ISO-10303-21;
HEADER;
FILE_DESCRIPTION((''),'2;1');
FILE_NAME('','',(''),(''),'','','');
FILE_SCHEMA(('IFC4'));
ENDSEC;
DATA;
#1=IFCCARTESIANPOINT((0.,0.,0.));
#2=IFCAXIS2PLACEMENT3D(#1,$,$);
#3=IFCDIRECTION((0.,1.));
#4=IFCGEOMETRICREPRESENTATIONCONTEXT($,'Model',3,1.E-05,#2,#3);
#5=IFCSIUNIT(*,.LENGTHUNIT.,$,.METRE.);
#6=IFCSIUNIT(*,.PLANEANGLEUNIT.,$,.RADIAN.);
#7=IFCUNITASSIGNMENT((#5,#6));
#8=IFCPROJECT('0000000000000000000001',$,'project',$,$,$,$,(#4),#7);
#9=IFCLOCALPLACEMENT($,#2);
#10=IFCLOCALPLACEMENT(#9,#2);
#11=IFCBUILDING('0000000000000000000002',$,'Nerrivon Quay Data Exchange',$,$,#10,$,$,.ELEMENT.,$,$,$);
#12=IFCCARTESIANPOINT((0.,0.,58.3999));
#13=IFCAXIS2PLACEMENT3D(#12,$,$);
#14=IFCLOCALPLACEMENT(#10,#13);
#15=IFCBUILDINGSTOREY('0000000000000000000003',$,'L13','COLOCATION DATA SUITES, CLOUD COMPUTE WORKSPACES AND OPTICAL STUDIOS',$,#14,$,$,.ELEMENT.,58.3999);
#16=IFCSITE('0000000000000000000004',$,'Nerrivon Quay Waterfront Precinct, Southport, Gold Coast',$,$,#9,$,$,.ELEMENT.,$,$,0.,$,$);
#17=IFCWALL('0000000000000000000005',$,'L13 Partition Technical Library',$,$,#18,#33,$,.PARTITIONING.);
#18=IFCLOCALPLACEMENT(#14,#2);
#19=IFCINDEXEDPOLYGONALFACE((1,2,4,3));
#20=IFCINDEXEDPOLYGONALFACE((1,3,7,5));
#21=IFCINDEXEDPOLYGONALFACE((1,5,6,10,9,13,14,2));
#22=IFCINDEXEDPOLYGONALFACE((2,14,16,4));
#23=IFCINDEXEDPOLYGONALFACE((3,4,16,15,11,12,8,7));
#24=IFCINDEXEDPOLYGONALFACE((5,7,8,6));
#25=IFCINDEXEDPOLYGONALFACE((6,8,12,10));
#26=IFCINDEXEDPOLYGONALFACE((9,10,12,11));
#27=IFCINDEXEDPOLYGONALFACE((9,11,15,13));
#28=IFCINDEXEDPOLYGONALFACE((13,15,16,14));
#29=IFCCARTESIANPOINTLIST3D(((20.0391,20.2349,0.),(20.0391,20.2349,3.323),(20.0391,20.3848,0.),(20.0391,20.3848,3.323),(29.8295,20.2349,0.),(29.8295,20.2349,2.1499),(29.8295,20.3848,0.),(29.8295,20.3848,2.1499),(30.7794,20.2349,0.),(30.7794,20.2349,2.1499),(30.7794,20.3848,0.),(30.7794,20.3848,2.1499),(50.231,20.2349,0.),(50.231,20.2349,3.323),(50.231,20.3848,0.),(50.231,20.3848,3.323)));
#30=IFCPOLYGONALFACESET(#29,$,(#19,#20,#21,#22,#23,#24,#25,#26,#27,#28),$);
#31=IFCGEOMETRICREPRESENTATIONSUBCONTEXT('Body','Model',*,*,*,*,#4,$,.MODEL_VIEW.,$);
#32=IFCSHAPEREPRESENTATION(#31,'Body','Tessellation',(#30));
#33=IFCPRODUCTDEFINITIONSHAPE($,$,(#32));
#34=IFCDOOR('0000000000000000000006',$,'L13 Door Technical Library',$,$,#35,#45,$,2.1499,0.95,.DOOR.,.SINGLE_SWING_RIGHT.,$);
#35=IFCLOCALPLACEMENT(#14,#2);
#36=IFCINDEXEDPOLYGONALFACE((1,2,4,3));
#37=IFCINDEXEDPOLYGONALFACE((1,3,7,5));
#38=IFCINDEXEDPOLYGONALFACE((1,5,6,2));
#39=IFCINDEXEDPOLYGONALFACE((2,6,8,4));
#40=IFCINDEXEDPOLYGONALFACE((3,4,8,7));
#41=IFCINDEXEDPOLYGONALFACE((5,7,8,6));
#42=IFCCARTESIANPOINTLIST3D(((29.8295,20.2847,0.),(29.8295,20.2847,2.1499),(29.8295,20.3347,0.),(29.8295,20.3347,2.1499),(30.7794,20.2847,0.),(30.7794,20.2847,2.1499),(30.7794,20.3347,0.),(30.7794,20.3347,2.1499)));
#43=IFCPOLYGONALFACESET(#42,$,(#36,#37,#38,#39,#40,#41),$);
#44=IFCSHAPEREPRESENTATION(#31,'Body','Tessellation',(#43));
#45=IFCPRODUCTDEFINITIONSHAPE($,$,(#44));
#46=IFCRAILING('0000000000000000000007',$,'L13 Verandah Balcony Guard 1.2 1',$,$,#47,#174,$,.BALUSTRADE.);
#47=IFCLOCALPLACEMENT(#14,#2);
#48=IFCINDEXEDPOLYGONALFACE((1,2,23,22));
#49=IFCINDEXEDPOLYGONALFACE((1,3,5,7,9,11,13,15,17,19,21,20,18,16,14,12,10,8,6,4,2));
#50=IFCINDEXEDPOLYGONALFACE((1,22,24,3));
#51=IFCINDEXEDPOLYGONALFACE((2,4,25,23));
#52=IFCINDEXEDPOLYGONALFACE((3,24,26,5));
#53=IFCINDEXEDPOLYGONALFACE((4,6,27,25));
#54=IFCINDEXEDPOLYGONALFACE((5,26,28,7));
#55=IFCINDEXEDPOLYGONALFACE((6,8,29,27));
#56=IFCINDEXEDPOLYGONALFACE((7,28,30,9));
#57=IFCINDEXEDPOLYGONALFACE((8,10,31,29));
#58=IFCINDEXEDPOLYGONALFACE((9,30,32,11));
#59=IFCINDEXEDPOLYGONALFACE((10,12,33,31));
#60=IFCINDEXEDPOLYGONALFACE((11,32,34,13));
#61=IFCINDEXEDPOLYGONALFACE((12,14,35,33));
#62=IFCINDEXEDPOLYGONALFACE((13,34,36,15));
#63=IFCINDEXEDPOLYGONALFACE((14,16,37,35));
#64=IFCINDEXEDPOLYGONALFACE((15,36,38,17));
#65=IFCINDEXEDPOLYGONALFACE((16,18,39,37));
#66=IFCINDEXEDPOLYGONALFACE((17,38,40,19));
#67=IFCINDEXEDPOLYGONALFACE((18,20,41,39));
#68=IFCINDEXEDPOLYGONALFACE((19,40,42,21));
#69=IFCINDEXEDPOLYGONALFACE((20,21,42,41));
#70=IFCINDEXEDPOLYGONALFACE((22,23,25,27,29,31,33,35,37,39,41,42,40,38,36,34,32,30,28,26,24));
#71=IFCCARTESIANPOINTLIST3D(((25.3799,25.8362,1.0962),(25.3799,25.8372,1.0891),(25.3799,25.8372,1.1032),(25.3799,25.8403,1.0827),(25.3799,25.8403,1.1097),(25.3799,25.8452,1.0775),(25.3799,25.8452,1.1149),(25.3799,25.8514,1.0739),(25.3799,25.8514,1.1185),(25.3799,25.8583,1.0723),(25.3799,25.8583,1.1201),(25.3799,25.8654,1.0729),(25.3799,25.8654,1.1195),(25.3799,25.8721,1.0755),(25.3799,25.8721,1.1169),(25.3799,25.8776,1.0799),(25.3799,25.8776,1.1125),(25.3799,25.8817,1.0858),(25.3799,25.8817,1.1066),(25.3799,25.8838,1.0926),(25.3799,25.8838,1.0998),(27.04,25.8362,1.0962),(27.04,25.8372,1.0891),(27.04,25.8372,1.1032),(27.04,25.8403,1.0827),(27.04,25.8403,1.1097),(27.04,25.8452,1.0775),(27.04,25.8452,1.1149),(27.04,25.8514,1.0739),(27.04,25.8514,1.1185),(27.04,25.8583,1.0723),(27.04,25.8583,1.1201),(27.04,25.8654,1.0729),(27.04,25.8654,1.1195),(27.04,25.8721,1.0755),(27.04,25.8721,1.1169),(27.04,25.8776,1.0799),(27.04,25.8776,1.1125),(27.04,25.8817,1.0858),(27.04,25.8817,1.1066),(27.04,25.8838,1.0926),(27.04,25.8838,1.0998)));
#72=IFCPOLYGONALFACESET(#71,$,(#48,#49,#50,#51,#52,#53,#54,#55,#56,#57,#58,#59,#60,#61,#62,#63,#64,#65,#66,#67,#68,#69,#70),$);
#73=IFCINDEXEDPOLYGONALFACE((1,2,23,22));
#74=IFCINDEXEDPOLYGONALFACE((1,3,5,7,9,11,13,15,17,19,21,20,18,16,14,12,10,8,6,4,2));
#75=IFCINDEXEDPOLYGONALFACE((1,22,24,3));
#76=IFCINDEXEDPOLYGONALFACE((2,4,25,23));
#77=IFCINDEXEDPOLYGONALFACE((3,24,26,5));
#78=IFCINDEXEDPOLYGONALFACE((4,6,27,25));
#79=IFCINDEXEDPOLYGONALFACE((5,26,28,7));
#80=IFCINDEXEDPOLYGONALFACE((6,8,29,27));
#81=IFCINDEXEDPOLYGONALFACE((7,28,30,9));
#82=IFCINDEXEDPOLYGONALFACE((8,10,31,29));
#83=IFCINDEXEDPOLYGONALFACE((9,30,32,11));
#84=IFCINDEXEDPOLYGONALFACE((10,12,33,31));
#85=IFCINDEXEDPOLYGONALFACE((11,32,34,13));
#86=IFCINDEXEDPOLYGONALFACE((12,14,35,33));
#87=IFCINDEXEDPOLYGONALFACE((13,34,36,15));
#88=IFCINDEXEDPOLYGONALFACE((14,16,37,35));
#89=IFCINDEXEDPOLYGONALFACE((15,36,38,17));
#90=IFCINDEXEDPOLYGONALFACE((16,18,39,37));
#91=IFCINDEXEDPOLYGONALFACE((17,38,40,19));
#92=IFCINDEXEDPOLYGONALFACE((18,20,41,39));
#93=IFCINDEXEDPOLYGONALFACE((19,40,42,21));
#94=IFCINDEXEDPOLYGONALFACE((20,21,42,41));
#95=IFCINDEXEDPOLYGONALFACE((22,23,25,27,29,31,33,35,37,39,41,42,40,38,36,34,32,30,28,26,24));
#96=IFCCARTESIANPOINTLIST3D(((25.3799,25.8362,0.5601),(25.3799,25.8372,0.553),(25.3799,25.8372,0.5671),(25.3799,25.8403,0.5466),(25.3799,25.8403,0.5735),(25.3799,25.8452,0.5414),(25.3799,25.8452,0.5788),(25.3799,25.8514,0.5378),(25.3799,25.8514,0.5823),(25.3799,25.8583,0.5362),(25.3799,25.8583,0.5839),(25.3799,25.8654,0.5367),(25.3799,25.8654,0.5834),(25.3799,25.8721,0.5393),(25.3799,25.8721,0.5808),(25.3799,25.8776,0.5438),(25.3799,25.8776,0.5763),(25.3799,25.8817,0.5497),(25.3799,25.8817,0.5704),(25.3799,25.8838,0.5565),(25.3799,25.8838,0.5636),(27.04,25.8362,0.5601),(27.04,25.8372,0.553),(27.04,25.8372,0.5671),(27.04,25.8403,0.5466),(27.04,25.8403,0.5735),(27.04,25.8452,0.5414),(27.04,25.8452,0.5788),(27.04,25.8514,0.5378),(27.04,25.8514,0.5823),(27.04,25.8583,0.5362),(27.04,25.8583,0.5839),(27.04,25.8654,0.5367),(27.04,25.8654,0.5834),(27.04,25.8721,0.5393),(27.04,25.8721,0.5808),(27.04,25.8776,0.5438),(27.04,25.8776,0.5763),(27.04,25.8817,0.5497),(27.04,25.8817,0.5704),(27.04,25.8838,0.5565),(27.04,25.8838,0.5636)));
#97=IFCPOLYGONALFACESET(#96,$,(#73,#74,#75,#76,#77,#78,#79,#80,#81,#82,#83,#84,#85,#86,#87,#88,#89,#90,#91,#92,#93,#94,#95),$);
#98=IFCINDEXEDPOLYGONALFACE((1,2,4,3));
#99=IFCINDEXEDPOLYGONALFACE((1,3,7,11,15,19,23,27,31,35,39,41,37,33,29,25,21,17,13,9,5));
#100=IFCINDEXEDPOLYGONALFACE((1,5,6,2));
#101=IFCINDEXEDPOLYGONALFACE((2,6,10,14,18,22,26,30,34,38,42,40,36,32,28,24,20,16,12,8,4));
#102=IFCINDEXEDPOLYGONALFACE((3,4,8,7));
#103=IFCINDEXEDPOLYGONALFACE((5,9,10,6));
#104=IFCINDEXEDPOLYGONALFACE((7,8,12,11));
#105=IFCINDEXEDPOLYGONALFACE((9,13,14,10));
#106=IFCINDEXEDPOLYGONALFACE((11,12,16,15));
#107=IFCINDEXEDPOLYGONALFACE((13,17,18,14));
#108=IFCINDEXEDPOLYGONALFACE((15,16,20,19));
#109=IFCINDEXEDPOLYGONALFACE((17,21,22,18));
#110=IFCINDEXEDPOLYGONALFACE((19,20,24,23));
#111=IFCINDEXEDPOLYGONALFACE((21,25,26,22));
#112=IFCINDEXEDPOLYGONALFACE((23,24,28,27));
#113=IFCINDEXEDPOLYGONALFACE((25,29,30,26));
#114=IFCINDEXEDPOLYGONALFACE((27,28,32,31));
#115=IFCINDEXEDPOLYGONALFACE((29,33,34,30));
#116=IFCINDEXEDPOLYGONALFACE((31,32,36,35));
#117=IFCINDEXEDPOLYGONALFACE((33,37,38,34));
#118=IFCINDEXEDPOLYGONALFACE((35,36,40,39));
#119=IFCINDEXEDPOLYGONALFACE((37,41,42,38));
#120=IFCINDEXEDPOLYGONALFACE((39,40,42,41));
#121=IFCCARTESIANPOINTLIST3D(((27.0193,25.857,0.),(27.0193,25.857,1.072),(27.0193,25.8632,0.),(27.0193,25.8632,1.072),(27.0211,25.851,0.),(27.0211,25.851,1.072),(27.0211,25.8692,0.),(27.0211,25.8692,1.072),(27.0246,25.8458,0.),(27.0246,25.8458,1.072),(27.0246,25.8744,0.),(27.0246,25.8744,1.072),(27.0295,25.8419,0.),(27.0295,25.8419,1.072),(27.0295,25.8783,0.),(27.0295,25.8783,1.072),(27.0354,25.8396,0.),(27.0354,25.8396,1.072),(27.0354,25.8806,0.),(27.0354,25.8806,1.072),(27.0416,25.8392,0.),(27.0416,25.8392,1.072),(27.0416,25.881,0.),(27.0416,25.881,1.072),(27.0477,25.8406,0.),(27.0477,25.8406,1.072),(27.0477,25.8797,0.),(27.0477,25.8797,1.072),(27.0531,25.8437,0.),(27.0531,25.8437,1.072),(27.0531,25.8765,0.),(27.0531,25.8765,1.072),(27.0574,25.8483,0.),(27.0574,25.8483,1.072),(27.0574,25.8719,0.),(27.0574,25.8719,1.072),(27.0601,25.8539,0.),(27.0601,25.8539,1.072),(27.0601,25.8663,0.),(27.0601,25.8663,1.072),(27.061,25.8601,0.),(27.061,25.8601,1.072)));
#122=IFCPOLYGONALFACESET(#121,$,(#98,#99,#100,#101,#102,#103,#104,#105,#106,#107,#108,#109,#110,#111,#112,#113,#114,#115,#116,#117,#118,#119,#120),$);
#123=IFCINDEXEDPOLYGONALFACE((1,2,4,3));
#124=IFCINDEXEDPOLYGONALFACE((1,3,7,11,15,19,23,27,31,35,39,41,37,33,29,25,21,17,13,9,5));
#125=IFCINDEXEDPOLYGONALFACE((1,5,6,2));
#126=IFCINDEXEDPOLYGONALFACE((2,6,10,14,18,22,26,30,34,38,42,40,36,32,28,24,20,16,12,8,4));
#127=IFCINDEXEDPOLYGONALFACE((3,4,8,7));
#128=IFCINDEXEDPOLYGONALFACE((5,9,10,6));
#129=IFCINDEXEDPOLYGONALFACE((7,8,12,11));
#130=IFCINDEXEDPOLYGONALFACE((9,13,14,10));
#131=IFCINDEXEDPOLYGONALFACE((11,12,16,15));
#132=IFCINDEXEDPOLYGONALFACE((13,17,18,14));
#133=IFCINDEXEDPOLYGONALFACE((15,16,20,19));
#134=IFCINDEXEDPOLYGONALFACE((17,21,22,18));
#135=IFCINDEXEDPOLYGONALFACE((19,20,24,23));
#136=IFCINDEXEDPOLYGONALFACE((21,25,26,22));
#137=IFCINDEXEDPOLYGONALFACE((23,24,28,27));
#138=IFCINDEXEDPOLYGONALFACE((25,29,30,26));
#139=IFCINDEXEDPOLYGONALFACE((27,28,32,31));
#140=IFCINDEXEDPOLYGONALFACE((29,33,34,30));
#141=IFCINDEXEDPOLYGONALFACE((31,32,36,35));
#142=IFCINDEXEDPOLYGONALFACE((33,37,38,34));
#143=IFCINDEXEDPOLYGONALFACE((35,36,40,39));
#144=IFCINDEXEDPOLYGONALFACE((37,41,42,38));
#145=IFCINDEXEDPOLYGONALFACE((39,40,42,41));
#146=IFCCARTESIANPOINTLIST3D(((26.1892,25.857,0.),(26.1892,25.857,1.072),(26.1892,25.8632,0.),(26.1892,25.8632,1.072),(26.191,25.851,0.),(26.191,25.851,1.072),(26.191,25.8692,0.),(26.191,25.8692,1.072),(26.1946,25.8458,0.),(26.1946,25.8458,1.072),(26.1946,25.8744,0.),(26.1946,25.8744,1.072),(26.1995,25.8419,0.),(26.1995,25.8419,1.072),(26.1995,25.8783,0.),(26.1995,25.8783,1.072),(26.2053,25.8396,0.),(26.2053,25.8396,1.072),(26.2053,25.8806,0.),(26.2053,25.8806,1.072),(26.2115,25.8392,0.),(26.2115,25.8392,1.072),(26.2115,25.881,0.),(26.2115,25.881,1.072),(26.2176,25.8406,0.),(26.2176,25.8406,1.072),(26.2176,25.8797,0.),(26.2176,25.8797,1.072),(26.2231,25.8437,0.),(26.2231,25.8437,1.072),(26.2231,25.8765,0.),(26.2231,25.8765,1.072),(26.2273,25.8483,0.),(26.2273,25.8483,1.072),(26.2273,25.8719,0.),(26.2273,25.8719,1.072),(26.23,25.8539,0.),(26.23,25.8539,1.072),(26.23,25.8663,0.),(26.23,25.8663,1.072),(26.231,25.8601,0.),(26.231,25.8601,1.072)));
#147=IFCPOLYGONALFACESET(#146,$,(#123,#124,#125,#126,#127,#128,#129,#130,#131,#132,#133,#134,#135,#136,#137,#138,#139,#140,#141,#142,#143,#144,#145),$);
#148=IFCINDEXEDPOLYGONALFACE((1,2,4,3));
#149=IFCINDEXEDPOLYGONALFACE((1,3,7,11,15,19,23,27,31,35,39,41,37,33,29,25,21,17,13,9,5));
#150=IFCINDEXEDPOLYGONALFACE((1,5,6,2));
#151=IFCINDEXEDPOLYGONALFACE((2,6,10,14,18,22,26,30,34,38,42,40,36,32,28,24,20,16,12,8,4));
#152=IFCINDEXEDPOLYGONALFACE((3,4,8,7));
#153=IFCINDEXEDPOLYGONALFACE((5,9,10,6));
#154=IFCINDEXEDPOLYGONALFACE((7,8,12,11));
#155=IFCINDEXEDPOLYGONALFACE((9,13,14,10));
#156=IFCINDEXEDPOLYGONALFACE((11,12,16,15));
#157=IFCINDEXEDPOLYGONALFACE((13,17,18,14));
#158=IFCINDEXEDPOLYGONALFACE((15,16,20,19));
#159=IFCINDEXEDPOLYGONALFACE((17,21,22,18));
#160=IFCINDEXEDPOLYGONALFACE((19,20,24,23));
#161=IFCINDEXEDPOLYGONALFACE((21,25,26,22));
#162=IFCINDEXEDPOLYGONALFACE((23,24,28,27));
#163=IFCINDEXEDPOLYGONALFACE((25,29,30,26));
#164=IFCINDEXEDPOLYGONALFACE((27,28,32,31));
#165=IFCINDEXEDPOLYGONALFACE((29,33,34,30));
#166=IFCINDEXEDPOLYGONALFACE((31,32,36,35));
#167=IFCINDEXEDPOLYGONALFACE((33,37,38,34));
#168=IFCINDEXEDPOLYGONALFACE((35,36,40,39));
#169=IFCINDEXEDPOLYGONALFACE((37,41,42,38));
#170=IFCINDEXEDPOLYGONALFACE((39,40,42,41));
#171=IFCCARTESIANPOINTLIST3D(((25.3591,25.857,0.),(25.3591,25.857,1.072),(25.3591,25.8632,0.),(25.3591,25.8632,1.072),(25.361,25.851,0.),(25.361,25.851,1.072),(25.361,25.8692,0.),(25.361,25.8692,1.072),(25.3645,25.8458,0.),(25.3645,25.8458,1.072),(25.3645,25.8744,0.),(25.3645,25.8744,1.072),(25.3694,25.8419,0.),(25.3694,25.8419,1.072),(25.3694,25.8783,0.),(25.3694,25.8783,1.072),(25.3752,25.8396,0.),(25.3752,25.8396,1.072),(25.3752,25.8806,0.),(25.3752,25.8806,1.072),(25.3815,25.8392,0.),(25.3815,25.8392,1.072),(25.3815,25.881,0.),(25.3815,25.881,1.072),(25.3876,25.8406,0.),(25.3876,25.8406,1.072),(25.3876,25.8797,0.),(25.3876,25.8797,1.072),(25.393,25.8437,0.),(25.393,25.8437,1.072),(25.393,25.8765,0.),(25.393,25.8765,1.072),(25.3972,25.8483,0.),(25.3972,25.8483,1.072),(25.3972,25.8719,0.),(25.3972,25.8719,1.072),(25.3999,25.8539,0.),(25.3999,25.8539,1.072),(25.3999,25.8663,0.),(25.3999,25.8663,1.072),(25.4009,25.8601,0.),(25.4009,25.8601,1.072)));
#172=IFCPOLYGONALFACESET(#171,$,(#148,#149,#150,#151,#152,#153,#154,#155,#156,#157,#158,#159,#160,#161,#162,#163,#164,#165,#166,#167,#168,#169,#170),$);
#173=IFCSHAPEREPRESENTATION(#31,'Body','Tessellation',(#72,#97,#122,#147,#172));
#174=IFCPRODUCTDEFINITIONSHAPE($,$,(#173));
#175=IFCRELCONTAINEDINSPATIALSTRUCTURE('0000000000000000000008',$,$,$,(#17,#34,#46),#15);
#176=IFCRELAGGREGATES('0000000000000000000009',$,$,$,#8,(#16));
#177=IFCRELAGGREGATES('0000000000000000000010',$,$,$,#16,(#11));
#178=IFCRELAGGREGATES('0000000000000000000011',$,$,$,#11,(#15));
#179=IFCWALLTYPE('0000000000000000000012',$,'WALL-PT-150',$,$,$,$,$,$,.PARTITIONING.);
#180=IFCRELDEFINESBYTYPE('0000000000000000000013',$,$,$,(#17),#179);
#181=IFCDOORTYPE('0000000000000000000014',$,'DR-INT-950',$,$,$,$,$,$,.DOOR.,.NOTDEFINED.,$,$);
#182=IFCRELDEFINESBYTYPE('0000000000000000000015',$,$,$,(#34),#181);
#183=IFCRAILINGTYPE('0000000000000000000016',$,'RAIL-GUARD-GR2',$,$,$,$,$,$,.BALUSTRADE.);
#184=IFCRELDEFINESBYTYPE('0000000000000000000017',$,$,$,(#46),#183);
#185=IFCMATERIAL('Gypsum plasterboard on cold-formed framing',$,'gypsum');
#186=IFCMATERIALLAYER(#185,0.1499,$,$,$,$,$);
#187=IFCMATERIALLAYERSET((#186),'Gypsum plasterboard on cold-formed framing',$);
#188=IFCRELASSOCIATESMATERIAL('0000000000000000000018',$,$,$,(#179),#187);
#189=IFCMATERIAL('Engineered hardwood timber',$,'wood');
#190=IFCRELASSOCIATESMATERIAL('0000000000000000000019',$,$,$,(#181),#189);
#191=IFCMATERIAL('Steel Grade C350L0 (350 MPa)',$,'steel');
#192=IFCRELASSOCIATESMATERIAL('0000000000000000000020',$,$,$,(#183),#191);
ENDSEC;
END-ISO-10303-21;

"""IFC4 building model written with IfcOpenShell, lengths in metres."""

from ifc_helpers import new_model, si_unit, direction, frame, frame_2d, origin, origin_2d, place, context, subcontext, project, spatial, rectangle, circle, extrude, material, layer, layer_set, type_object, element, fill, save


model = new_model("IFC4")

# Units and contexts
model_context = context("Model", 3, precision=1e-05, world=origin(), true_north=direction((0.0, 1.0)))
body_context = subcontext(model_context, "Body", "Model", "MODEL_VIEW")
ifc_project = project(units=[si_unit("LENGTHUNIT", "METRE"), si_unit("PLANEANGLEUNIT", "RADIAN")], contexts=[model_context])

# Site, building, storey
site_placement = place(None, origin())
site = spatial("IfcSite", under=ifc_project, at=site_placement, Name="Nerrivon Quay Waterfront Precinct, Southport, Gold Coast", CompositionType="ELEMENT", RefElevation=0.0)
building_placement = place(site_placement, origin())
building = spatial("IfcBuilding", under=site, at=building_placement, Name="Nerrivon Quay Data Exchange", CompositionType="ELEMENT")
storey_placement = place(building_placement, frame((0.0, 0.0, 58.3999)))
storey = spatial("IfcBuildingStorey", under=building, at=storey_placement, Name="L13", Description="COLOCATION DATA SUITES, CLOUD COMPUTE WORKSPACES AND OPTICAL STUDIOS", CompositionType="ELEMENT", Elevation=58.3999)

# Shared definitions
ifc_material_1 = material(Name="Gypsum plasterboard on cold-formed framing", Category="gypsum")

# Shared definitions
ifc_material_2 = material(Name="Engineered hardwood timber", Category="wood")

# Shared definitions
ifc_layer_1 = layer(ifc_material_1, 0.1499)
ifc_layer_set_1 = layer_set([ifc_layer_1], Name="Gypsum plasterboard on cold-formed framing")
wall_type_1 = type_object("IfcWallType", Name="WALL-PT-150", PredefinedType="PARTITIONING", material=ifc_layer_set_1)

# Wall, opening, door
wall_1_placement = place(storey_placement, frame((20.0391, 20.3098, 0.0), z_axis=(0.0, 0.0, 1.0), x_axis=(1.0, 0.0, 0.0)))
wall_1 = element("IfcWall", 1, at=wall_1_placement, inside=storey, type_object=wall_type_1, Name="L13 Partition Technical Library", PredefinedType="PARTITIONING", context=body_context, shape_type="SweptSolid", body=[
    extrude(rectangle(XDim=30.1919, YDim=0.1499, at=frame_2d((15.0959, 0.0))), origin(), (0.0, 0.0, 1.0), 3.323),
])
opening_1_placement = place(wall_1_placement, frame((9.7903, 0.0, 0.0)))
opening_1 = element("IfcOpeningElement", 2, at=opening_1_placement, cuts=wall_1, PredefinedType="OPENING", context=body_context, shape_type="SweptSolid", body=[
    extrude(rectangle(XDim=0.95, YDim=2.1499, at=frame_2d((0.4751, 1.075))), frame((0.0, 0.085, 0.0), z_axis=(0.0, -1.0, 0.0), x_axis=(1.0, 0.0, 0.0)), (0.0, 0.0, 1.0), 0.1699),
])
door_type_1 = type_object("IfcDoorType", Name="DR-INT-950", OperationType="NOTDEFINED", PredefinedType="DOOR", material=ifc_material_2)
door_1_placement = place(opening_1_placement, origin())
door_1 = element("IfcDoor", 3, at=door_1_placement, inside=storey, type_object=door_type_1, Name="L13 Door Technical Library", OperationType="SINGLE_SWING_RIGHT", OverallHeight=2.1499, OverallWidth=0.95, PredefinedType="DOOR", context=body_context, shape_type="SweptSolid", body=[
    extrude(rectangle(XDim=0.95, YDim=2.1499, at=frame_2d((0.4751, 1.075))), frame((0.0, 0.0249, 0.0), z_axis=(0.0, -1.0, 0.0), x_axis=(1.0, 0.0, 0.0)), (0.0, 0.0, 1.0), 0.05),
])
fill(opening_1, door_1)

# Railing
ifc_material_3 = material(Name="Steel Grade C350L0 (350 MPa)", Category="steel")
railing_type = type_object("IfcRailingType", Name="RAIL-GUARD-GR2", PredefinedType="BALUSTRADE", material=ifc_material_3)
railing_1_placement = place(storey_placement, frame((27.04, 25.8601, 0.0)))
element("IfcRailing", 4, at=railing_1_placement, inside=storey, type_object=railing_type, Name="L13 Verandah Balcony Guard 1.2 1", PredefinedType="BALUSTRADE", context=body_context, shape_type="SweptSolid", body=[
    extrude(circle(Radius=0.0239, at=origin_2d()), frame((0.0, 0.0, 1.0962), z_axis=(-1.0, 0.0, 0.0), x_axis=(0.0, -1.0, 0.0)), (0.0, 0.0, 1.0), 1.6602),
    extrude(circle(Radius=0.0239, at=origin_2d()), frame((0.0, 0.0, 0.5601), z_axis=(-1.0, 0.0, 0.0), x_axis=(0.0, -1.0, 0.0)), (0.0, 0.0, 1.0), 1.6602),
    extrude(circle(Radius=0.021, at=origin_2d()), origin(), (0.0, 0.0, 1.0), 1.072),
    extrude(circle(Radius=0.021, at=origin_2d()), frame((-0.8301, 0.0, 0.0)), (0.0, 0.0, 1.0), 1.072),
    extrude(circle(Radius=0.021, at=origin_2d()), frame((-1.6602, 0.0, 0.0)), (0.0, 0.0, 1.0), 1.072),
])

save(model, "model.ifc")
